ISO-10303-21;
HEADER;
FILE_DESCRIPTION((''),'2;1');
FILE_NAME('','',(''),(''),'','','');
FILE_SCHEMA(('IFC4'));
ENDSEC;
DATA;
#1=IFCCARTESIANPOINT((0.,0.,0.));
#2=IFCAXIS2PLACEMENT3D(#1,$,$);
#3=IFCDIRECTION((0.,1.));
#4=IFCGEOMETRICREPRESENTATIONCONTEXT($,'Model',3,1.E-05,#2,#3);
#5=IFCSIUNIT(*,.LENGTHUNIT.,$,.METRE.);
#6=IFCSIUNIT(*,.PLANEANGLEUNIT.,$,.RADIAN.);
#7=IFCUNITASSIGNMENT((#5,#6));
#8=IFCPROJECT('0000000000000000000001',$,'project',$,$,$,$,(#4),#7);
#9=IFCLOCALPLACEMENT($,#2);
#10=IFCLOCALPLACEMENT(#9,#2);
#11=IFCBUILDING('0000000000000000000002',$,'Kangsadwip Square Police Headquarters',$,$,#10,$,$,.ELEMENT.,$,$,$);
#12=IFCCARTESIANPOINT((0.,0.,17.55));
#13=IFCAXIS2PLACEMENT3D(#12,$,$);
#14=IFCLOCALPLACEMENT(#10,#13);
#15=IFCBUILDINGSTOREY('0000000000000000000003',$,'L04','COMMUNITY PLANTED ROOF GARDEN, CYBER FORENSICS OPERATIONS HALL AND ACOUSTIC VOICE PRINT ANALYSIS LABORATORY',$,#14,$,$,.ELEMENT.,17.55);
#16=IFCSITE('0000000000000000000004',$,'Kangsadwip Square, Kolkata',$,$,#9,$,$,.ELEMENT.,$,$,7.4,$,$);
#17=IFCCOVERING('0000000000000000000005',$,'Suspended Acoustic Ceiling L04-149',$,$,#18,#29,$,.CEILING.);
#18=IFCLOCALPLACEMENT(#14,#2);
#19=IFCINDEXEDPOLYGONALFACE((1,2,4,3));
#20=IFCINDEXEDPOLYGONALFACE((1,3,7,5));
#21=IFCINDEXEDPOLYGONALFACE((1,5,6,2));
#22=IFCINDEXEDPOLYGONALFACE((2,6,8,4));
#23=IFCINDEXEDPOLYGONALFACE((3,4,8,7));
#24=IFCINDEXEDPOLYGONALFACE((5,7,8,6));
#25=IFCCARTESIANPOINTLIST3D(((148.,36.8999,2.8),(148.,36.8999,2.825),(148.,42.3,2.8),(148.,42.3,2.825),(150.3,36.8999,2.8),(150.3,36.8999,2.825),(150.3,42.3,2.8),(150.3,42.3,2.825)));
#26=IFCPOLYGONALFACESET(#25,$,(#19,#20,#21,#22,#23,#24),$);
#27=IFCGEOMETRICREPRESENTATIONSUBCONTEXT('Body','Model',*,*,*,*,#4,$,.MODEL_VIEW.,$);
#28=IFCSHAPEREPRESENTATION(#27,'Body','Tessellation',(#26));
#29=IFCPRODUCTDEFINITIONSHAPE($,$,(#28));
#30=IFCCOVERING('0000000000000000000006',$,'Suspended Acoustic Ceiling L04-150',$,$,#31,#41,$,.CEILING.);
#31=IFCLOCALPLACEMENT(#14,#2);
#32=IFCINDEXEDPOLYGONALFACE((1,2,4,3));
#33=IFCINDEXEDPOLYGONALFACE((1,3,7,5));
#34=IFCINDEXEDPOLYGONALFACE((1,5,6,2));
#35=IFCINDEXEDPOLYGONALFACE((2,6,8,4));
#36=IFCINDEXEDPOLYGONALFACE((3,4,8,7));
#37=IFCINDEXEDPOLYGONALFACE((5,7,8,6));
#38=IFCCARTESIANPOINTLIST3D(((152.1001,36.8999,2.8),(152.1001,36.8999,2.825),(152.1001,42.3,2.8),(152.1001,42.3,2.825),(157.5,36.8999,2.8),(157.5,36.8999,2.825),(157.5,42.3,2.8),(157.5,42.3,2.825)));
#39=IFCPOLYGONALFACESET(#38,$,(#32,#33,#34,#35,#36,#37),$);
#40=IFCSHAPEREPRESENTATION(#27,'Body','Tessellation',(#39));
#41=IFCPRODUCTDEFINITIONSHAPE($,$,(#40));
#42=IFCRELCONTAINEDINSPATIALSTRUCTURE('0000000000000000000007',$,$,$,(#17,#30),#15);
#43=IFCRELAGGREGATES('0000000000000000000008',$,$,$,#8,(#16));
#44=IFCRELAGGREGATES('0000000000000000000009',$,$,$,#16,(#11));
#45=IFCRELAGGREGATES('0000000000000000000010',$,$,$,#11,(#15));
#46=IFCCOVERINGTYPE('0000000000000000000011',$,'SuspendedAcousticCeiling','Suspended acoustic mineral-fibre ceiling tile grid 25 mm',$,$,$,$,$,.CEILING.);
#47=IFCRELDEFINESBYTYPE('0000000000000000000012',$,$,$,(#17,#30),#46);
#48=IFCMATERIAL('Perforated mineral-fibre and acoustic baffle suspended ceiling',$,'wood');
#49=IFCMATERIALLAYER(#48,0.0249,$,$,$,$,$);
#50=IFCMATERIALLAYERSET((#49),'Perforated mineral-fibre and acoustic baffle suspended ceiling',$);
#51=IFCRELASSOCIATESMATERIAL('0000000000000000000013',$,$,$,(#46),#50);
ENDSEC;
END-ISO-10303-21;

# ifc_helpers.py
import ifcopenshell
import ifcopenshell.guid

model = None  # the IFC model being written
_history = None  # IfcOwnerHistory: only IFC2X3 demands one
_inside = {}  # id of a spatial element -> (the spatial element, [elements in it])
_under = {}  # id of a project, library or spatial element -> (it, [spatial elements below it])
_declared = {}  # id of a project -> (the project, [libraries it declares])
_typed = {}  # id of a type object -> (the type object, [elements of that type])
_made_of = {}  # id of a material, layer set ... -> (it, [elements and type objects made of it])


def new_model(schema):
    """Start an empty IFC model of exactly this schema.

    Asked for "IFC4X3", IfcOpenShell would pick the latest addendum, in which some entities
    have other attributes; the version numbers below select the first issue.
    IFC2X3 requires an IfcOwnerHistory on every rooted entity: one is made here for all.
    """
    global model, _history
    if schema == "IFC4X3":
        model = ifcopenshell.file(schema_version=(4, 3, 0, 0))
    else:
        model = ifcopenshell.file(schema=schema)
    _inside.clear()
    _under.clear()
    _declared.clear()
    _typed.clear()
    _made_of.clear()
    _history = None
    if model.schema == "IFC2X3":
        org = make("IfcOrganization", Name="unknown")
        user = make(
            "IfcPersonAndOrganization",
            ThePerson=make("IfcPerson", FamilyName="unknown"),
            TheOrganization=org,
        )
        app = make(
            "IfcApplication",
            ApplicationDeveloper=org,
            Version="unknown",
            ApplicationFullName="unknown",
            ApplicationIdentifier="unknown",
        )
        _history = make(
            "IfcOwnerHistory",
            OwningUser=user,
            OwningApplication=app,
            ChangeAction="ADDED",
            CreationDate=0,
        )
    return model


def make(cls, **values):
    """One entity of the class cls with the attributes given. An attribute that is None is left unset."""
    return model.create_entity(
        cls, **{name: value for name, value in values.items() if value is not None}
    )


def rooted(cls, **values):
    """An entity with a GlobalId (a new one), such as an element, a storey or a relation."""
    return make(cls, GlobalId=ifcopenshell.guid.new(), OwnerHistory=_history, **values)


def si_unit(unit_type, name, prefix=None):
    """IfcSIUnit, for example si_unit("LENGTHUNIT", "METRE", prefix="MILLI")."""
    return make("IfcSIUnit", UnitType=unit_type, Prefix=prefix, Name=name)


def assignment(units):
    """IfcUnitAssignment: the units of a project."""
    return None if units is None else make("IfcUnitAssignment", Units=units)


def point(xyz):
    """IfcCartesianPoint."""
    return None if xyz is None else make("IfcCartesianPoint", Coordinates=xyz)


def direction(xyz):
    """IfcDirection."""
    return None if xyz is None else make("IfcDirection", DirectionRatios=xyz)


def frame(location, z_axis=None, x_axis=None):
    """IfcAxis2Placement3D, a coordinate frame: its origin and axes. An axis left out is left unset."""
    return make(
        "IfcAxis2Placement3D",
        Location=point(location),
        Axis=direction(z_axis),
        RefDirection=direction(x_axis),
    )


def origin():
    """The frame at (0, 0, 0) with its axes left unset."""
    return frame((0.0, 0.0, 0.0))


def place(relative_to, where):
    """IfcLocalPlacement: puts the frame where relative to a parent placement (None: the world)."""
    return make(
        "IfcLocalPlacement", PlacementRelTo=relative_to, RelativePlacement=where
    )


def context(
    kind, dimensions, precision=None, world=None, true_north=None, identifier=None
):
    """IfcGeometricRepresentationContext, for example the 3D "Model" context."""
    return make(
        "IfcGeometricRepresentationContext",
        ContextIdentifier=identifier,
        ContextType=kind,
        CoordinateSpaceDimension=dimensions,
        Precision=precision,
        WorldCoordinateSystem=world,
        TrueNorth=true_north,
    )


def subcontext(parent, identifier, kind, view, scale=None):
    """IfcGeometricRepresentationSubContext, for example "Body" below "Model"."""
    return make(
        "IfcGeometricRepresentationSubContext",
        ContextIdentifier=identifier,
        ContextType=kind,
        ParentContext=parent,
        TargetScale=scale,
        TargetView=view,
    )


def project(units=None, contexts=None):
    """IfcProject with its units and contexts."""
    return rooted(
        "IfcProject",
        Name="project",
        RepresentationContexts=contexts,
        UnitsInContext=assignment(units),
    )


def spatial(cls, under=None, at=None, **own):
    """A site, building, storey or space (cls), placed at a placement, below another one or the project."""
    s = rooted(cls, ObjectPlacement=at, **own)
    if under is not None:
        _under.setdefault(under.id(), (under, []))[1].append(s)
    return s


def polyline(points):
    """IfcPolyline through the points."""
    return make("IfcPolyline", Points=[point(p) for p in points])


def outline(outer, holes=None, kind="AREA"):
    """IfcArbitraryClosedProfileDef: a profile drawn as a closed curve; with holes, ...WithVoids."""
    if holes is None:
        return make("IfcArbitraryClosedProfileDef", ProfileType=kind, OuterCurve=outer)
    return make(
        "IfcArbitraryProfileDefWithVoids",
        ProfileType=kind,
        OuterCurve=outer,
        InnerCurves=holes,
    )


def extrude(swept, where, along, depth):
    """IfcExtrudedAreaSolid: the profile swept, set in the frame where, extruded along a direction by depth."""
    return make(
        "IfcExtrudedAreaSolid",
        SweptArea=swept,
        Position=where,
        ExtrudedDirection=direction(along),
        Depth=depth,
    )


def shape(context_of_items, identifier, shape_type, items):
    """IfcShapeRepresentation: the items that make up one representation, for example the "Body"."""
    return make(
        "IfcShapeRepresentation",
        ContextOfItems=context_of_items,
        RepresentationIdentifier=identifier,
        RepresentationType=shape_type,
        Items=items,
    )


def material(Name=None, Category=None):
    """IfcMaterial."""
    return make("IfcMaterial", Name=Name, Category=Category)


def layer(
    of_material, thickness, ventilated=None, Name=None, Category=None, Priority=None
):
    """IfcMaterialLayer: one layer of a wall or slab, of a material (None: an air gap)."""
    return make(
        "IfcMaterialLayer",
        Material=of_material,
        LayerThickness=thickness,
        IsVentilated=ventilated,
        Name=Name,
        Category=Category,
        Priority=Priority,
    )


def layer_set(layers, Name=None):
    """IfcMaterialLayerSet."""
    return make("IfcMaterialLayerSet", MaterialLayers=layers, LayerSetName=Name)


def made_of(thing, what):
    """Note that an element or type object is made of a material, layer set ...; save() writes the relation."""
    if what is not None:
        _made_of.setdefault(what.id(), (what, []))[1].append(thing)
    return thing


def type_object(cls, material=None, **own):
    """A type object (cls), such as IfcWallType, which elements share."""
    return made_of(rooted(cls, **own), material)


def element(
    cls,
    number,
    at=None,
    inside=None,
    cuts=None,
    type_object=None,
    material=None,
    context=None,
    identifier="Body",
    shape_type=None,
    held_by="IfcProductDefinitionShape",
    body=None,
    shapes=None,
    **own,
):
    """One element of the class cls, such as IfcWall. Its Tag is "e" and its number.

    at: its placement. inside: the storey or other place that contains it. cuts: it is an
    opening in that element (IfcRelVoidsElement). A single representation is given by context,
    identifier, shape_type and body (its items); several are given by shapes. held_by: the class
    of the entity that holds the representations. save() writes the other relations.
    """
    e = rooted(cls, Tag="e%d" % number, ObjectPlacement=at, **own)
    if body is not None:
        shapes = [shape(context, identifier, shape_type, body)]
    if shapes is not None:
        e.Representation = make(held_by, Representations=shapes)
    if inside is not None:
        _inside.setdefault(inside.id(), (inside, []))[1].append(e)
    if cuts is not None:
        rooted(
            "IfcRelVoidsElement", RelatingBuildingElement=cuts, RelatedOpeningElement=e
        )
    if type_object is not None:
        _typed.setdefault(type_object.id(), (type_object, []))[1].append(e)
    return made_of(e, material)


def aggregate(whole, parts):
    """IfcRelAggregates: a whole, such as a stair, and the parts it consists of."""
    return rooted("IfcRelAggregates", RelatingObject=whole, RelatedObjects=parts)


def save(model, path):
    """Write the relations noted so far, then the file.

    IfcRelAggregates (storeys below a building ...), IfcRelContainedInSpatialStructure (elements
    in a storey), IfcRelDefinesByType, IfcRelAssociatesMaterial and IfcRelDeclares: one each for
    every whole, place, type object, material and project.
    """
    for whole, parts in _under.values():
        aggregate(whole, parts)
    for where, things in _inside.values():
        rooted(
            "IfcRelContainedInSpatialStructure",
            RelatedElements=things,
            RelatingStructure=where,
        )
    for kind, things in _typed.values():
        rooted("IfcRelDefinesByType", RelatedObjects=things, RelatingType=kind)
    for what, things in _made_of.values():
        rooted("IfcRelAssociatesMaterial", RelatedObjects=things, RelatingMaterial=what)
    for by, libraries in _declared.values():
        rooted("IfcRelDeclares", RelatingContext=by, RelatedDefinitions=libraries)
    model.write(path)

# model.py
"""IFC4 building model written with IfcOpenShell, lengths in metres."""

from ifc_helpers import new_model, si_unit, direction, frame, origin, place, context, subcontext, project, spatial, polyline, outline, extrude, material, layer, layer_set, type_object, element, save


model = new_model("IFC4")

# Units and contexts
model_context = context("Model", 3, precision=1e-05, world=origin(), true_north=direction((0.0, 1.0)))
body_context = subcontext(model_context, "Body", "Model", "MODEL_VIEW")
ifc_project = project(units=[si_unit("LENGTHUNIT", "METRE"), si_unit("PLANEANGLEUNIT", "RADIAN")], contexts=[model_context])

# Site, building, storey
site_placement = place(None, origin())
site = spatial("IfcSite", under=ifc_project, at=site_placement, Name="Kangsadwip Square, Kolkata", CompositionType="ELEMENT", RefElevation=7.4)
building_placement = place(site_placement, origin())
building = spatial("IfcBuilding", under=site, at=building_placement, Name="Kangsadwip Square Police Headquarters", CompositionType="ELEMENT")
storey_placement = place(building_placement, frame((0.0, 0.0, 17.55)))
storey = spatial("IfcBuildingStorey", under=building, at=storey_placement, Name="L04", Description="COMMUNITY PLANTED ROOF GARDEN, CYBER FORENSICS OPERATIONS HALL AND ACOUSTIC VOICE PRINT ANALYSIS LABORATORY", CompositionType="ELEMENT", Elevation=17.55)

# Coverings
ifc_material_1 = material(Name="Perforated mineral-fibre and acoustic baffle suspended ceiling", Category="wood")
ifc_layer_1 = layer(ifc_material_1, 0.0249)
ifc_layer_set_1 = layer_set([ifc_layer_1], Name="Perforated mineral-fibre and acoustic baffle suspended ceiling")
covering_type_1 = type_object("IfcCoveringType", Name="SuspendedAcousticCeiling", Description="Suspended acoustic mineral-fibre ceiling tile grid 25 mm", PredefinedType="CEILING", material=ifc_layer_set_1)
covering_1_placement = place(storey_placement, frame((0.0, 0.0, 2.8)))
element("IfcCovering", 1, at=covering_1_placement, inside=storey, type_object=covering_type_1, Name="Suspended Acoustic Ceiling L04-149", PredefinedType="CEILING", context=body_context, shape_type="SweptSolid", body=[
    extrude(outline(polyline([(148.0, 36.8999), (150.3, 36.8999), (150.3, 42.3), (148.0, 42.3), (148.0, 36.8999)])), origin(), (0.0, 0.0, 1.0), 0.0249),
])
covering_2_placement = place(storey_placement, frame((0.0, 0.0, 2.8)))
element("IfcCovering", 2, at=covering_2_placement, inside=storey, type_object=covering_type_1, Name="Suspended Acoustic Ceiling L04-150", PredefinedType="CEILING", context=body_context, shape_type="SweptSolid", body=[
    extrude(outline(polyline([(152.1001, 36.8999), (157.5, 36.8999), (157.5, 42.3), (152.1001, 42.3), (152.1001, 36.8999)])), origin(), (0.0, 0.0, 1.0), 0.0249),
])

save(model, "model.ifc")
